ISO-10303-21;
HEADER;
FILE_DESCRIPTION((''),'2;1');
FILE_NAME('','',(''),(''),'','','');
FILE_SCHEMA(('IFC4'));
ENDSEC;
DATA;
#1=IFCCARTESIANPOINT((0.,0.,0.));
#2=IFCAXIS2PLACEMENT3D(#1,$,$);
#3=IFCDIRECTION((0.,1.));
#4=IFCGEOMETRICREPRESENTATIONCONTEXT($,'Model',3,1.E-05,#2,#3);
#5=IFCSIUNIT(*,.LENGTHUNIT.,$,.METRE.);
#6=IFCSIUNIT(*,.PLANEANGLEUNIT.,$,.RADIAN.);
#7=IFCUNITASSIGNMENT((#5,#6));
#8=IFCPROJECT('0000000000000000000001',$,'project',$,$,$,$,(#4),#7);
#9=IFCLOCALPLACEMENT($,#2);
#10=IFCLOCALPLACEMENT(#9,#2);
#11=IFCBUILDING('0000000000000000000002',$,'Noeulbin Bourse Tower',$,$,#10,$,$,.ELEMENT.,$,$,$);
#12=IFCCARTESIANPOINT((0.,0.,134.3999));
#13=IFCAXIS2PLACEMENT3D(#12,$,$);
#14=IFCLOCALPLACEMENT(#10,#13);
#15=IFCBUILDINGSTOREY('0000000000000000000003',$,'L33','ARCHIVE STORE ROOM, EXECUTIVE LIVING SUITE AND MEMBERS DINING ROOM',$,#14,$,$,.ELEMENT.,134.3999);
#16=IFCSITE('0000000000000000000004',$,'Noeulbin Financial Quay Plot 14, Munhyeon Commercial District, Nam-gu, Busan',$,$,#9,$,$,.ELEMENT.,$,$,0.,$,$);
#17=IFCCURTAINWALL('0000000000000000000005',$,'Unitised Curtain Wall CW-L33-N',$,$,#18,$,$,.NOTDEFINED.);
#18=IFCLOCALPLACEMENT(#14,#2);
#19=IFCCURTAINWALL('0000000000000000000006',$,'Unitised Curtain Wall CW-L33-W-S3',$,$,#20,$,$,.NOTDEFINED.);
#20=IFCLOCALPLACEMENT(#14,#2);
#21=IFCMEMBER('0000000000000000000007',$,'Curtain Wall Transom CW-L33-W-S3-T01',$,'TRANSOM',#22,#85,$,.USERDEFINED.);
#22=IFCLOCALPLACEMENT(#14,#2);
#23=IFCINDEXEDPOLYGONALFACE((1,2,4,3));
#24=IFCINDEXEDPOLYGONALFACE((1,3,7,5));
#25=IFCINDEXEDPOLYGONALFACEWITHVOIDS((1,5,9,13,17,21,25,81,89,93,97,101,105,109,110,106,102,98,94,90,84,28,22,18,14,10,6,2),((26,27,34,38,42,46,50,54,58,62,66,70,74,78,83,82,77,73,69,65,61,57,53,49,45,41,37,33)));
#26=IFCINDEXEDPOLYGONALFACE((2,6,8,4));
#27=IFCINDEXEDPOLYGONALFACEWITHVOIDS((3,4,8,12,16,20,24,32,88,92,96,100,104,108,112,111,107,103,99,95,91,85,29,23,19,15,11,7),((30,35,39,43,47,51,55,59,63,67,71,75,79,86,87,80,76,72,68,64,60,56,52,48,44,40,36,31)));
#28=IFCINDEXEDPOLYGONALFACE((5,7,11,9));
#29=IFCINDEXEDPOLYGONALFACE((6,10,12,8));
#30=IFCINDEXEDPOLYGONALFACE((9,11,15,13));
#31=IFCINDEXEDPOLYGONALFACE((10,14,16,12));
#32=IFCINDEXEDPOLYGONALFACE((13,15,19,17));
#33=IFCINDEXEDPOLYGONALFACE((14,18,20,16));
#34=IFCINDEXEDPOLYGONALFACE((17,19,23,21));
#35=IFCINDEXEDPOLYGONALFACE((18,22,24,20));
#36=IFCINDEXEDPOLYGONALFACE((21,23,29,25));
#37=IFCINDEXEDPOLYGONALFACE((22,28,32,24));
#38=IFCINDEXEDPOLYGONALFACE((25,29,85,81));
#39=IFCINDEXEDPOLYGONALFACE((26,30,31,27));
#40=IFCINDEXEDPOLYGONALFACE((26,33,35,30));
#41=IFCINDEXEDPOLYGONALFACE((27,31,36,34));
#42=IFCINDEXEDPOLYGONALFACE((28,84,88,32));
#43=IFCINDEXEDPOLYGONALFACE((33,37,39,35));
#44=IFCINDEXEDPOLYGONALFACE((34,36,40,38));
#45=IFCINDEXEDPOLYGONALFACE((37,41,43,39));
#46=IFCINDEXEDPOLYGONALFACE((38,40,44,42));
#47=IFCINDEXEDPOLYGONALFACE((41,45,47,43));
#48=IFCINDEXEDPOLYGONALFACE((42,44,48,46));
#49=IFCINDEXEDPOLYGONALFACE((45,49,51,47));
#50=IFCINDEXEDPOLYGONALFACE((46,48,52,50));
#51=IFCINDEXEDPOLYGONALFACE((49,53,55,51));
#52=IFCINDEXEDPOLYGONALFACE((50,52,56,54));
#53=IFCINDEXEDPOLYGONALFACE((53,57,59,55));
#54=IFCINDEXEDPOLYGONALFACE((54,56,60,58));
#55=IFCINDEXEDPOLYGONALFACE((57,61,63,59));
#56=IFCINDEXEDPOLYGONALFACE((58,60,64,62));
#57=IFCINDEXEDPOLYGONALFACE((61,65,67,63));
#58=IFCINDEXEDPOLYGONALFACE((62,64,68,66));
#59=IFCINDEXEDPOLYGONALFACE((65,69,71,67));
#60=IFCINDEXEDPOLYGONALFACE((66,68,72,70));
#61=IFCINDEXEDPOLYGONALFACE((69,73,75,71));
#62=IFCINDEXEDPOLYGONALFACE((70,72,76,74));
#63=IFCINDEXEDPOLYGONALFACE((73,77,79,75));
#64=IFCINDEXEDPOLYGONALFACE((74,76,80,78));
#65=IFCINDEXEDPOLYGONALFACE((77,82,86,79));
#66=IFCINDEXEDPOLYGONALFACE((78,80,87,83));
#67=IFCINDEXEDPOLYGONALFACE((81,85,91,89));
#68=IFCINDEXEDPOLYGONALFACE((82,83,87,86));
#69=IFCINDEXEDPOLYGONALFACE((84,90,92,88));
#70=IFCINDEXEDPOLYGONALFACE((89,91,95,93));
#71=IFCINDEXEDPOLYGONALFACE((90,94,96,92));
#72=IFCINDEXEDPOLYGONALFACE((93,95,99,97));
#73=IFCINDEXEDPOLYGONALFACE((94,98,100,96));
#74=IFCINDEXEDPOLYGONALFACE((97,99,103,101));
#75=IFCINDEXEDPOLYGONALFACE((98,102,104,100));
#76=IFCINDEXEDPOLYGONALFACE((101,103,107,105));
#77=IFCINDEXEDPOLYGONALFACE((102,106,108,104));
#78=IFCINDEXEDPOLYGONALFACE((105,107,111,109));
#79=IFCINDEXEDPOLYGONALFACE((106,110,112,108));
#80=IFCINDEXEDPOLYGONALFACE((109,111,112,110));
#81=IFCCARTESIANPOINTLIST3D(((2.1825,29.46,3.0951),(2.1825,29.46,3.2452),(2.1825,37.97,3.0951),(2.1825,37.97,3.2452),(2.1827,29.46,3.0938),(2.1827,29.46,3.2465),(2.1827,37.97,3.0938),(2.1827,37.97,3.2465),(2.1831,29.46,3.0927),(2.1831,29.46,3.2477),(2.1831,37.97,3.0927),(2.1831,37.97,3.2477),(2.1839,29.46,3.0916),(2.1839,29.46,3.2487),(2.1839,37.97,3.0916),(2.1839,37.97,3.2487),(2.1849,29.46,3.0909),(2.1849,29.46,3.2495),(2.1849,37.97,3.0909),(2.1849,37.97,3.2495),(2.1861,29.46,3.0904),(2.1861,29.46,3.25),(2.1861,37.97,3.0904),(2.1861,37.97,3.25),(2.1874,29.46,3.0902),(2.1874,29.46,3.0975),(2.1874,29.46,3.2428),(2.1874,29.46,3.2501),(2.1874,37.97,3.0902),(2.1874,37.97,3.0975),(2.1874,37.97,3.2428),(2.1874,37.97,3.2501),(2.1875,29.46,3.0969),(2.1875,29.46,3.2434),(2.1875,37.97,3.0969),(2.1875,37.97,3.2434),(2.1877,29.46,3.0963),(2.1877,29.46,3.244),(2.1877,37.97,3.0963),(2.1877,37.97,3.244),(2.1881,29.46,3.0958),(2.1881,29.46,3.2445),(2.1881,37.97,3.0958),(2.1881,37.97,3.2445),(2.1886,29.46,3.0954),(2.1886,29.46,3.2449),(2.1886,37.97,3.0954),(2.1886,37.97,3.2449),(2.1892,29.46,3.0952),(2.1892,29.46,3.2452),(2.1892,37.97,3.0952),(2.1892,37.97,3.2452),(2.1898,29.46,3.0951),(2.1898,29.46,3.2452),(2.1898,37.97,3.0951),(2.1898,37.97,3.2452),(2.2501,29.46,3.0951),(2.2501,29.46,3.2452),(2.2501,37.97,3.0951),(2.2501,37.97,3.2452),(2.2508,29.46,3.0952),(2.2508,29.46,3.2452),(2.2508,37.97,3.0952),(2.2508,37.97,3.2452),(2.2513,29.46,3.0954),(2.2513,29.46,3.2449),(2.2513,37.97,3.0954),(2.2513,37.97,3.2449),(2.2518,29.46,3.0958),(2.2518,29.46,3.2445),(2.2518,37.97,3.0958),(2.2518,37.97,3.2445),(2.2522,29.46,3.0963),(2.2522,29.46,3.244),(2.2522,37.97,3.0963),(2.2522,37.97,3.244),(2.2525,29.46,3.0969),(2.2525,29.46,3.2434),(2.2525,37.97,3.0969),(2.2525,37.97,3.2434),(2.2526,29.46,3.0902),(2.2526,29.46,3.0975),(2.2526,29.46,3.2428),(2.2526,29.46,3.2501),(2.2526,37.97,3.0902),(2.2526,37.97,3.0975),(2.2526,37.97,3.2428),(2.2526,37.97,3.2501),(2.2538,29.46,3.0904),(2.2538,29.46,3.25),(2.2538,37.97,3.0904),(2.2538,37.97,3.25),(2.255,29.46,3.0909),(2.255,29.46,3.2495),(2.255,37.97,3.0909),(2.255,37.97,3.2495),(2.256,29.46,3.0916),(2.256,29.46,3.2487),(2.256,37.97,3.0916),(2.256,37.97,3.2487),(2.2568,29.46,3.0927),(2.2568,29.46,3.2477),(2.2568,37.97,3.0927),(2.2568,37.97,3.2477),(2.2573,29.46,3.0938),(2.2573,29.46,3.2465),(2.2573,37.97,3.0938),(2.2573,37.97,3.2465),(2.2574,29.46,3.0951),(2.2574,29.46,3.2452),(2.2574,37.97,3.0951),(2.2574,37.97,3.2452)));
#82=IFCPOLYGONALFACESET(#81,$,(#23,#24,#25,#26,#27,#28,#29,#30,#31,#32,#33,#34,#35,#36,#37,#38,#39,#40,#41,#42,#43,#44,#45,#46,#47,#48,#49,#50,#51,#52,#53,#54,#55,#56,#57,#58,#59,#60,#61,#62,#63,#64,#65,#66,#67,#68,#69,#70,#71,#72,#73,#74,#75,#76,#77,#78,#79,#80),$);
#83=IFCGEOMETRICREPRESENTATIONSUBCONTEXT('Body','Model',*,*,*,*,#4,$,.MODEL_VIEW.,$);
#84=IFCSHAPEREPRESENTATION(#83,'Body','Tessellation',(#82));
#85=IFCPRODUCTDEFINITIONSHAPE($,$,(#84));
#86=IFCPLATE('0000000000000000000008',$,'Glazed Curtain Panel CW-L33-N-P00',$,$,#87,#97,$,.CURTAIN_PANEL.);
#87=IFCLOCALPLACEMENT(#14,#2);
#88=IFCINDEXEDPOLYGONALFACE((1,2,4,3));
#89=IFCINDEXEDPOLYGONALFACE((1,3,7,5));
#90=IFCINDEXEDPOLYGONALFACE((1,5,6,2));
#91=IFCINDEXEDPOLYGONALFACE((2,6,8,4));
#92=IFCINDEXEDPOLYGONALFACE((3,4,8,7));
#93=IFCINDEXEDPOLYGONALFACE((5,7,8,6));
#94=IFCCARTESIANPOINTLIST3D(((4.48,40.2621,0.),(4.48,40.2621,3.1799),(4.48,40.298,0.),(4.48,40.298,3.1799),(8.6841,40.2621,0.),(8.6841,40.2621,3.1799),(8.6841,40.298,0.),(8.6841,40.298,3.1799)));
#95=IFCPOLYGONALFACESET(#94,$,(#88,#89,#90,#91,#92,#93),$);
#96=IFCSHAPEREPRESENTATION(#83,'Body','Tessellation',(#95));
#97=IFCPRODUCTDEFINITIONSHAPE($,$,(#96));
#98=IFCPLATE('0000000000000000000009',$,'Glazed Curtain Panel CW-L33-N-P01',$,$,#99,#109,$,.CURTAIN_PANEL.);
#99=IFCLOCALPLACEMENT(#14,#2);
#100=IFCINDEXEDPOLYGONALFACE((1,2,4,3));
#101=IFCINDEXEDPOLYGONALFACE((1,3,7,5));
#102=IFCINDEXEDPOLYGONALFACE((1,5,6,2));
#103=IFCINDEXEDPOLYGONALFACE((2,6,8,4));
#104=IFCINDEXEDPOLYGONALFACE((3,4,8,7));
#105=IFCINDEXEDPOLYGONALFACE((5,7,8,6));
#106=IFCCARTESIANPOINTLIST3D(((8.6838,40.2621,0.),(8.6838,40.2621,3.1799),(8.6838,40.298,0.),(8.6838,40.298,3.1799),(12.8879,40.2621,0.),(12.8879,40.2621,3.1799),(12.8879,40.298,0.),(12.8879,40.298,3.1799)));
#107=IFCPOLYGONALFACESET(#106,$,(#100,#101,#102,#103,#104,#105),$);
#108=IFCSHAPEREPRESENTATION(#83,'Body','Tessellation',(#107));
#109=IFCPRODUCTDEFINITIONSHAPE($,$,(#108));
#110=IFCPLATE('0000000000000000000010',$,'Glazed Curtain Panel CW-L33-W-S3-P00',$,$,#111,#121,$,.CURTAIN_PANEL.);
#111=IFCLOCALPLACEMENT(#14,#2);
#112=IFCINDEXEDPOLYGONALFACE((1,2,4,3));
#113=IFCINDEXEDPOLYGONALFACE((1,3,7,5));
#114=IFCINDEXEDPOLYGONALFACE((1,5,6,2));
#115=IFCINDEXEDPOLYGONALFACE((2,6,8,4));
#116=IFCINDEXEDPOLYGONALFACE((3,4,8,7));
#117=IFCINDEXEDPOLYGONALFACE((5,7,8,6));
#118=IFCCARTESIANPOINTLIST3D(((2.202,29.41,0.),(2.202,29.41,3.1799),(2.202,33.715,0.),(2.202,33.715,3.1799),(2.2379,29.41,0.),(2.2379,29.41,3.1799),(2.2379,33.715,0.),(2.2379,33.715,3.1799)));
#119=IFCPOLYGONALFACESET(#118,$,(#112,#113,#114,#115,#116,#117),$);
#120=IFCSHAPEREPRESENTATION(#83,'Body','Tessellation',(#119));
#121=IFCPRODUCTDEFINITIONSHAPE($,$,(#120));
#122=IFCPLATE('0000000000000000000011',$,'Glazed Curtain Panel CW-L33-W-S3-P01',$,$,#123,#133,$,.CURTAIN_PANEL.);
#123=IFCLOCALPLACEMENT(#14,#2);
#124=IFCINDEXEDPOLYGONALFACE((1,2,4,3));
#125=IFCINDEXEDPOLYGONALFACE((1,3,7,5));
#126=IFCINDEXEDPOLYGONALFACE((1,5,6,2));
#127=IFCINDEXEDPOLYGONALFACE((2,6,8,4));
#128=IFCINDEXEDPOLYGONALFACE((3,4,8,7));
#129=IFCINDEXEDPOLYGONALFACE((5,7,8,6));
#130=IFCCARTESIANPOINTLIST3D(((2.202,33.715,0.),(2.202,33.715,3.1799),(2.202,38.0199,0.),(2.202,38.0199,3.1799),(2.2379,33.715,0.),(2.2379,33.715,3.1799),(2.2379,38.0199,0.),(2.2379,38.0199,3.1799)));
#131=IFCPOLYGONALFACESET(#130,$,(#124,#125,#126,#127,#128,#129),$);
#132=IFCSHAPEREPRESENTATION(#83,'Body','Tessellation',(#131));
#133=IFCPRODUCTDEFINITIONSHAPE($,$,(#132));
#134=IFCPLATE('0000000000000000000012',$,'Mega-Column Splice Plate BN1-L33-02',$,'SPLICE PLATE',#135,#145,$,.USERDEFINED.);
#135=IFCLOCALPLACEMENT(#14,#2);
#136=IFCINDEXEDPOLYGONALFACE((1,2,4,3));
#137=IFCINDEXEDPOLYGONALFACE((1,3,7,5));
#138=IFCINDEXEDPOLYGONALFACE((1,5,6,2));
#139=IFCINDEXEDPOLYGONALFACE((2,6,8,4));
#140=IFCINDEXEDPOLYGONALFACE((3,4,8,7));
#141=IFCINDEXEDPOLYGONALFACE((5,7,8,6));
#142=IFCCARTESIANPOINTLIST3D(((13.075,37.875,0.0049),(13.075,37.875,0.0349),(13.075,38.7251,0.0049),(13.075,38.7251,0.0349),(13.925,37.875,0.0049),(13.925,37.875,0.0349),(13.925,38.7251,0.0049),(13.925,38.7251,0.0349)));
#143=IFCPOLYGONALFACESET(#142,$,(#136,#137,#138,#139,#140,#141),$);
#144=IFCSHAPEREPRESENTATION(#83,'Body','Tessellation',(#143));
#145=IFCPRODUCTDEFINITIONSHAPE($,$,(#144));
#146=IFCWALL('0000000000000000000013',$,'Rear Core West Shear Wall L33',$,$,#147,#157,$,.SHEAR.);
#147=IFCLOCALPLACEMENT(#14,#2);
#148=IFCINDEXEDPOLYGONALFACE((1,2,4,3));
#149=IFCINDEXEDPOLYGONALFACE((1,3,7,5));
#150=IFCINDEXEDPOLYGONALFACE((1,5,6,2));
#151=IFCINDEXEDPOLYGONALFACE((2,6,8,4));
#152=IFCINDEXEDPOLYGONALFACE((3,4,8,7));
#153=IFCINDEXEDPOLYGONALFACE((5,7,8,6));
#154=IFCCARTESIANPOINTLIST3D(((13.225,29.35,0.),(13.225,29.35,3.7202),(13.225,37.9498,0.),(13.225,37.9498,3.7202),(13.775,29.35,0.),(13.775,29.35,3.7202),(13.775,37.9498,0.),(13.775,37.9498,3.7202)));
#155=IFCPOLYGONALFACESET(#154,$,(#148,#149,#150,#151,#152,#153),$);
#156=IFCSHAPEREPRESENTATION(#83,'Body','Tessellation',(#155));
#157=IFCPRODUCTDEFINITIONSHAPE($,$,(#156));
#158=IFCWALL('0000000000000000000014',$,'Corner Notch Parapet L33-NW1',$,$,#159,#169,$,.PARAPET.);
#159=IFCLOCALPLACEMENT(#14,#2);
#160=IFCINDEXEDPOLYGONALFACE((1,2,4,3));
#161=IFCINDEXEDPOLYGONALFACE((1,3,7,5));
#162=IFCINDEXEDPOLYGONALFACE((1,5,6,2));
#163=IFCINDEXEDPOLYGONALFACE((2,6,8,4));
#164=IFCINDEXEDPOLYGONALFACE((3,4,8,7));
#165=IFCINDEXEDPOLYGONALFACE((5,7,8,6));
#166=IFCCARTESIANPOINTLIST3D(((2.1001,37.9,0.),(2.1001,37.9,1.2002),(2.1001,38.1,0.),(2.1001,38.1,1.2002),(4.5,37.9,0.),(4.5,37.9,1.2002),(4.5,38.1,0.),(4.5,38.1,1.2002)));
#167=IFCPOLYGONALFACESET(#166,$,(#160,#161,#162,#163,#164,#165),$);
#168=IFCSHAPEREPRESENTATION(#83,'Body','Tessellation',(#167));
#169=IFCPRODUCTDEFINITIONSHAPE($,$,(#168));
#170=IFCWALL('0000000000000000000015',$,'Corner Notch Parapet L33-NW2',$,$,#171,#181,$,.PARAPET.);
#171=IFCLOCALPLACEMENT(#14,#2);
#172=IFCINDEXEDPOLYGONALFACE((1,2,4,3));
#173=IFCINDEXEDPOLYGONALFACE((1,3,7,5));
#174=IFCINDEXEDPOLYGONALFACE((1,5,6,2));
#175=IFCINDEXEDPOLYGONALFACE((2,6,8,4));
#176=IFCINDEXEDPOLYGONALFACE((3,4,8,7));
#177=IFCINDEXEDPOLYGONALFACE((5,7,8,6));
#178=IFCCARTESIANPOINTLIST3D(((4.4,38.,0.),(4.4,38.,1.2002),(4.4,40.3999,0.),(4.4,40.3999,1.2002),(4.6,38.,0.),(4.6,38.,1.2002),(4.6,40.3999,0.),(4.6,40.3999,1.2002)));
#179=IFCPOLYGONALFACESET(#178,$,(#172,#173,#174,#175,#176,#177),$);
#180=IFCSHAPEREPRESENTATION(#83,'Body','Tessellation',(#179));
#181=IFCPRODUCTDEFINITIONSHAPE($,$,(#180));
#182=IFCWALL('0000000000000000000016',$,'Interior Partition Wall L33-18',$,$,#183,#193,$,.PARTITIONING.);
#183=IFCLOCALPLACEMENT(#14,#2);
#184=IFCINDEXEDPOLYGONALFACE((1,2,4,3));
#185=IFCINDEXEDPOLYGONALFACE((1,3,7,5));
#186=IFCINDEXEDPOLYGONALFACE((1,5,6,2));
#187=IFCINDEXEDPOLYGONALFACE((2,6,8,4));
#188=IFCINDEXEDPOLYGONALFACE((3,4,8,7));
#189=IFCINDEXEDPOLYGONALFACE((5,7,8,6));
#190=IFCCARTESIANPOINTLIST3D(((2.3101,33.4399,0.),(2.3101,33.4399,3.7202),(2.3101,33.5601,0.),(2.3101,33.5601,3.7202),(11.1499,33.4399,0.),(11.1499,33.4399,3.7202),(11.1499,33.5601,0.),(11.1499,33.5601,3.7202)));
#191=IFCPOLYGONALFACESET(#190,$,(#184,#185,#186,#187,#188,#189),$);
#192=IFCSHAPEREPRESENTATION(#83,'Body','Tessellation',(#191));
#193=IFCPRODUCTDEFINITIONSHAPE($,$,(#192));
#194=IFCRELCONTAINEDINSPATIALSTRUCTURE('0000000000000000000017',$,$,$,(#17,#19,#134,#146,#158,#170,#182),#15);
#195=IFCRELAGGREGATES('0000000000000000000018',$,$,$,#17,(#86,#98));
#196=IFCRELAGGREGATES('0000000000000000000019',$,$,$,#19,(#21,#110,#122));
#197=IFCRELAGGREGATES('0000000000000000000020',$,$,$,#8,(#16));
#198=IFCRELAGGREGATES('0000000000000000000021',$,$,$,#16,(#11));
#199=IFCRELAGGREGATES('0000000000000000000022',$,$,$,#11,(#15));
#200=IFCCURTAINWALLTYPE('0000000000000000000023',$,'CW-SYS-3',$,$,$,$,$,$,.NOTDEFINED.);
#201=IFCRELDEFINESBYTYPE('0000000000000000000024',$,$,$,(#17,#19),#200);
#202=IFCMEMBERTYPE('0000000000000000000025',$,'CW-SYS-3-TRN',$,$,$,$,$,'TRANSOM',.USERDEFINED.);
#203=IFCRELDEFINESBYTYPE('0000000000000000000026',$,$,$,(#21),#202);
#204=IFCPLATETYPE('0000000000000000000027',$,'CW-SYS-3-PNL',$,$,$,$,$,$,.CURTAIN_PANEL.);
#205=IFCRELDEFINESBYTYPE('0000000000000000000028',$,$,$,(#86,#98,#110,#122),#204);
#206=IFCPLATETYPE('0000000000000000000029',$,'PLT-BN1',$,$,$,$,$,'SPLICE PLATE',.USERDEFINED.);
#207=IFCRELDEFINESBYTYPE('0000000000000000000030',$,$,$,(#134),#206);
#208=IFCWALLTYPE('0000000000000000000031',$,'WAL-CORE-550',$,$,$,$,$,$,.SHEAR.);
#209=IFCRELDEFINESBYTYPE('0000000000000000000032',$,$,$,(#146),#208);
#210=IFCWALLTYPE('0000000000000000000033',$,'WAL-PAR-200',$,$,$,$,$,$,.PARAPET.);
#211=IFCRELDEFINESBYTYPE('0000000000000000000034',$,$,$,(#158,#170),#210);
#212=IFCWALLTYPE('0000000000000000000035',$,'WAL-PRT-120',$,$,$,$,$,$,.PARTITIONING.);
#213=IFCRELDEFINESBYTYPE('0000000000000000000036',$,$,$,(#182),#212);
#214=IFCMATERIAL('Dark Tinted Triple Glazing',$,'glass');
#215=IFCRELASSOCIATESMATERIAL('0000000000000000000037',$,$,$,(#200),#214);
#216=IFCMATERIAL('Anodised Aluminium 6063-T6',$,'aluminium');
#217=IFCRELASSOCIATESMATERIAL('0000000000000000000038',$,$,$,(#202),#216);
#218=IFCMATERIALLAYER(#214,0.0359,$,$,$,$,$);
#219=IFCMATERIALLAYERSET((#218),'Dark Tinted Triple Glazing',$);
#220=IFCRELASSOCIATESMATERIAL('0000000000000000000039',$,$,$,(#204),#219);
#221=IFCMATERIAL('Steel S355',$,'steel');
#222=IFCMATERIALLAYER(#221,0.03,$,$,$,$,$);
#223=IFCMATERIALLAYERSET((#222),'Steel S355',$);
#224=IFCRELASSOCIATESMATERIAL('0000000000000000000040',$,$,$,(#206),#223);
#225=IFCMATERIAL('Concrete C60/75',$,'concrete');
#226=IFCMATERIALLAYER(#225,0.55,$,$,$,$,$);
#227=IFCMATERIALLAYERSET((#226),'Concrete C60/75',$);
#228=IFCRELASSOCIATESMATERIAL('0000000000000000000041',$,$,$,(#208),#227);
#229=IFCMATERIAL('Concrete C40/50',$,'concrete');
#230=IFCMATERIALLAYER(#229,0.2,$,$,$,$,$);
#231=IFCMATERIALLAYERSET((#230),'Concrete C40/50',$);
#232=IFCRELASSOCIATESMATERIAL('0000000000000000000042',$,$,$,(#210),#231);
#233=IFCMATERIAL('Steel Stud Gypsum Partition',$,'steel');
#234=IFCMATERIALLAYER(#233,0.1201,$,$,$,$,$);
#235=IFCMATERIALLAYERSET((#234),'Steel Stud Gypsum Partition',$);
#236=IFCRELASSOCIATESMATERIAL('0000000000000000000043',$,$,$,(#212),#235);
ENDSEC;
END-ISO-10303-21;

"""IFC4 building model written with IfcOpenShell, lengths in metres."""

from ifc_helpers import new_model, si_unit, direction, frame, frame_2d, origin, origin_2d, place, context, subcontext, project, spatial, rectangle, hollow_rectangle, extrude, material, layer, layer_set, material_profile, profile_set, type_object, element, aggregate, save


model = new_model("IFC4")

# Units and contexts
model_context = context("Model", 3, precision=1e-05, world=origin(), true_north=direction((0.0, 1.0)))
body_context = subcontext(model_context, "Body", "Model", "MODEL_VIEW")
ifc_project = project(units=[si_unit("LENGTHUNIT", "METRE"), si_unit("PLANEANGLEUNIT", "RADIAN")], contexts=[model_context])

# Site, building, storey
site_placement = place(None, origin())
site = spatial("IfcSite", under=ifc_project, at=site_placement, Name="Noeulbin Financial Quay Plot 14, Munhyeon Commercial District, Nam-gu, Busan", CompositionType="ELEMENT", RefElevation=0.0)
building_placement = place(site_placement, origin())
building = spatial("IfcBuilding", under=site, at=building_placement, Name="Noeulbin Bourse Tower", CompositionType="ELEMENT")
storey_placement = place(building_placement, frame((0.0, 0.0, 134.3999)))
storey = spatial("IfcBuildingStorey", under=building, at=storey_placement, Name="L33", Description="ARCHIVE STORE ROOM, EXECUTIVE LIVING SUITE AND MEMBERS DINING ROOM", CompositionType="ELEMENT", Elevation=134.3999)

# Curtain walls
ifc_material_1 = material(Name="Dark Tinted Triple Glazing", Category="glass")
curtain_wall_type = type_object("IfcCurtainWallType", Name="CW-SYS-3", PredefinedType="NOTDEFINED", material=ifc_material_1)
curtain_wall_1_placement = place(storey_placement, origin())
curtain_wall_1 = element("IfcCurtainWall", 1, at=curtain_wall_1_placement, inside=storey, type_object=curtain_wall_type, Name="Unitised Curtain Wall CW-L33-N", PredefinedType="NOTDEFINED")
ifc_material_2 = material(Name="Anodised Aluminium 6063-T6", Category="aluminium")
curtain_wall_2_placement = place(storey_placement, origin())
curtain_wall_2 = element("IfcCurtainWall", 2, at=curtain_wall_2_placement, inside=storey, type_object=curtain_wall_type, Name="Unitised Curtain Wall CW-L33-W-S3", PredefinedType="NOTDEFINED")

# Member
ifc_material_profile_1 = material_profile(ifc_material_2, hollow_rectangle(XDim=0.075, YDim=0.1599, WallThickness=0.0049, InnerFilletRadius=0.0024, OuterFilletRadius=0.0049, at=origin_2d()), Name="ALU-TRAN-75x160x5", Category="LoadBearing")
ifc_profile_set_1 = profile_set([ifc_material_profile_1], Name="Anodised Aluminium 6063-T6")
member_type_1 = type_object("IfcMemberType", Name="CW-SYS-3-TRN", ElementType="TRANSOM", PredefinedType="USERDEFINED", material=ifc_profile_set_1)
member_1_placement = place(storey_placement, frame((2.22, 29.46, 3.1702), z_axis=(0.0, 1.0, 0.0), x_axis=(-1.0, 0.0, 0.0)))
member_1 = element("IfcMember", 3, at=member_1_placement, type_object=member_type_1, Name="Curtain Wall Transom CW-L33-W-S3-T01", ObjectType="TRANSOM", PredefinedType="USERDEFINED", context=body_context, shape_type="SweptSolid", body=[
    extrude(hollow_rectangle(XDim=0.075, YDim=0.1599, WallThickness=0.0049, InnerFilletRadius=0.0024, OuterFilletRadius=0.0049, at=origin_2d()), origin(), (0.0, 0.0, 1.0), 8.51),
])

# Plates
ifc_layer_1 = layer(ifc_material_1, 0.0359)
ifc_layer_set_1 = layer_set([ifc_layer_1], Name="Dark Tinted Triple Glazing")
plate_type_1 = type_object("IfcPlateType", Name="CW-SYS-3-PNL", PredefinedType="CURTAIN_PANEL", material=ifc_layer_set_1)
plate_1_placement = place(storey_placement, frame((6.582, 40.28, 0.0), z_axis=(0.0, 0.0, 1.0), x_axis=(1.0, 0.0, 0.0)))
plate_1 = element("IfcPlate", 4, at=plate_1_placement, type_object=plate_type_1, Name="Glazed Curtain Panel CW-L33-N-P00", PredefinedType="CURTAIN_PANEL", context=body_context, shape_type="SweptSolid", body=[
    extrude(rectangle(XDim=4.2041, YDim=0.0359, at=origin_2d()), origin(), (0.0, 0.0, 1.0), 3.1799),
])
plate_2_placement = place(storey_placement, frame((10.7859, 40.28, 0.0), z_axis=(0.0, 0.0, 1.0), x_axis=(1.0, 0.0, 0.0)))
plate_2 = element("IfcPlate", 5, at=plate_2_placement, type_object=plate_type_1, Name="Glazed Curtain Panel CW-L33-N-P01", PredefinedType="CURTAIN_PANEL", context=body_context, shape_type="SweptSolid", body=[
    extrude(rectangle(XDim=4.2041, YDim=0.0359, at=origin_2d()), origin(), (0.0, 0.0, 1.0), 3.1799),
])
aggregate(curtain_wall_1, [plate_1, plate_2])
plate_3_placement = place(storey_placement, frame((2.22, 31.5625, 0.0), z_axis=(0.0, 0.0, 1.0), x_axis=(0.0, 1.0, 0.0)))
plate_3 = element("IfcPlate", 6, at=plate_3_placement, type_object=plate_type_1, Name="Glazed Curtain Panel CW-L33-W-S3-P00", PredefinedType="CURTAIN_PANEL", context=body_context, shape_type="SweptSolid", body=[
    extrude(rectangle(XDim=4.3049, YDim=0.0359, at=origin_2d()), origin(), (0.0, 0.0, 1.0), 3.1799),
])
plate_4_placement = place(storey_placement, frame((2.22, 35.8674, 0.0), z_axis=(0.0, 0.0, 1.0), x_axis=(0.0, 1.0, 0.0)))
plate_4 = element("IfcPlate", 7, at=plate_4_placement, type_object=plate_type_1, Name="Glazed Curtain Panel CW-L33-W-S3-P01", PredefinedType="CURTAIN_PANEL", context=body_context, shape_type="SweptSolid", body=[
    extrude(rectangle(XDim=4.3049, YDim=0.0359, at=origin_2d()), origin(), (0.0, 0.0, 1.0), 3.1799),
])
aggregate(curtain_wall_2, [member_1, plate_3, plate_4])
ifc_material_3 = material(Name="Steel S355", Category="steel")
ifc_layer_2 = layer(ifc_material_3, 0.03)
ifc_layer_set_2 = layer_set([ifc_layer_2], Name="Steel S355")
plate_type_2 = type_object("IfcPlateType", Name="PLT-BN1", ElementType="SPLICE PLATE", PredefinedType="USERDEFINED", material=ifc_layer_set_2)
plate_5_placement = place(storey_placement, frame((13.5, 38.3, 0.0049), z_axis=(0.0, 0.0, 1.0), x_axis=(1.0, 0.0, 0.0)))
element("IfcPlate", 8, at=plate_5_placement, inside=storey, type_object=plate_type_2, Name="Mega-Column Splice Plate BN1-L33-02", ObjectType="SPLICE PLATE", PredefinedType="USERDEFINED", context=body_context, shape_type="SweptSolid", body=[
    extrude(rectangle(XDim=0.8501, YDim=0.8501, at=origin_2d()), origin(), (0.0, 0.0, 1.0), 0.03),
])

# Walls
ifc_material_4 = material(Name="Concrete C60/75", Category="concrete")
ifc_layer_3 = layer(ifc_material_4, 0.55)
ifc_layer_set_3 = layer_set([ifc_layer_3], Name="Concrete C60/75")
wall_type_1 = type_object("IfcWallType", Name="WAL-CORE-550", PredefinedType="SHEAR", material=ifc_layer_set_3)
wall_1_placement = place(storey_placement, frame((13.5, 29.3501, 0.0), z_axis=(0.0, 0.0, 1.0), x_axis=(0.0, 1.0, 0.0)))
element("IfcWall", 9, at=wall_1_placement, inside=storey, type_object=wall_type_1, Name="Rear Core West Shear Wall L33", PredefinedType="SHEAR", context=body_context, shape_type="SweptSolid", body=[
    extrude(rectangle(XDim=8.5999, YDim=0.55, at=frame_2d((4.2998, 0.0))), origin(), (0.0, 0.0, 1.0), 3.7202),
])
ifc_material_5 = material(Name="Concrete C40/50", Category="concrete")
ifc_layer_4 = layer(ifc_material_5, 0.2)
ifc_layer_set_4 = layer_set([ifc_layer_4], Name="Concrete C40/50")
wall_type_2 = type_object("IfcWallType", Name="WAL-PAR-200", PredefinedType="PARAPET", material=ifc_layer_set_4)
for number, where, z_axis, x_axis, name in (
    (10, (2.1001, 38.0, 0.0), (0.0, 0.0, 1.0), (1.0, 0.0, 0.0), "Corner Notch Parapet L33-NW1"),
    (11, (4.5, 38.0, 0.0), (0.0, 0.0, 1.0), (0.0, 1.0, 0.0), "Corner Notch Parapet L33-NW2"),
):
    element("IfcWall", number, at=place(storey_placement, frame(where, z_axis=z_axis, x_axis=x_axis)), inside=storey, type_object=wall_type_2, Name=name, PredefinedType="PARAPET", context=body_context, shape_type="SweptSolid", body=[
        extrude(rectangle(XDim=2.3999, YDim=0.2, at=frame_2d((1.2, 0.0))), origin(), (0.0, 0.0, 1.0), 1.2002),
    ])
ifc_material_6 = material(Name="Steel Stud Gypsum Partition", Category="steel")
ifc_layer_5 = layer(ifc_material_6, 0.1201)
ifc_layer_set_5 = layer_set([ifc_layer_5], Name="Steel Stud Gypsum Partition")
wall_type_3 = type_object("IfcWallType", Name="WAL-PRT-120", PredefinedType="PARTITIONING", material=ifc_layer_set_5)
wall_2_placement = place(storey_placement, frame((2.3101, 33.5, 0.0), z_axis=(0.0, 0.0, 1.0), x_axis=(1.0, 0.0, 0.0)))
element("IfcWall", 12, at=wall_2_placement, inside=storey, type_object=wall_type_3, Name="Interior Partition Wall L33-18", PredefinedType="PARTITIONING", context=body_context, shape_type="SweptSolid", body=[
    extrude(rectangle(XDim=8.8398, YDim=0.1201, at=frame_2d((4.4199, 0.0))), origin(), (0.0, 0.0, 1.0), 3.7202),
])

save(model, "model.ifc")
